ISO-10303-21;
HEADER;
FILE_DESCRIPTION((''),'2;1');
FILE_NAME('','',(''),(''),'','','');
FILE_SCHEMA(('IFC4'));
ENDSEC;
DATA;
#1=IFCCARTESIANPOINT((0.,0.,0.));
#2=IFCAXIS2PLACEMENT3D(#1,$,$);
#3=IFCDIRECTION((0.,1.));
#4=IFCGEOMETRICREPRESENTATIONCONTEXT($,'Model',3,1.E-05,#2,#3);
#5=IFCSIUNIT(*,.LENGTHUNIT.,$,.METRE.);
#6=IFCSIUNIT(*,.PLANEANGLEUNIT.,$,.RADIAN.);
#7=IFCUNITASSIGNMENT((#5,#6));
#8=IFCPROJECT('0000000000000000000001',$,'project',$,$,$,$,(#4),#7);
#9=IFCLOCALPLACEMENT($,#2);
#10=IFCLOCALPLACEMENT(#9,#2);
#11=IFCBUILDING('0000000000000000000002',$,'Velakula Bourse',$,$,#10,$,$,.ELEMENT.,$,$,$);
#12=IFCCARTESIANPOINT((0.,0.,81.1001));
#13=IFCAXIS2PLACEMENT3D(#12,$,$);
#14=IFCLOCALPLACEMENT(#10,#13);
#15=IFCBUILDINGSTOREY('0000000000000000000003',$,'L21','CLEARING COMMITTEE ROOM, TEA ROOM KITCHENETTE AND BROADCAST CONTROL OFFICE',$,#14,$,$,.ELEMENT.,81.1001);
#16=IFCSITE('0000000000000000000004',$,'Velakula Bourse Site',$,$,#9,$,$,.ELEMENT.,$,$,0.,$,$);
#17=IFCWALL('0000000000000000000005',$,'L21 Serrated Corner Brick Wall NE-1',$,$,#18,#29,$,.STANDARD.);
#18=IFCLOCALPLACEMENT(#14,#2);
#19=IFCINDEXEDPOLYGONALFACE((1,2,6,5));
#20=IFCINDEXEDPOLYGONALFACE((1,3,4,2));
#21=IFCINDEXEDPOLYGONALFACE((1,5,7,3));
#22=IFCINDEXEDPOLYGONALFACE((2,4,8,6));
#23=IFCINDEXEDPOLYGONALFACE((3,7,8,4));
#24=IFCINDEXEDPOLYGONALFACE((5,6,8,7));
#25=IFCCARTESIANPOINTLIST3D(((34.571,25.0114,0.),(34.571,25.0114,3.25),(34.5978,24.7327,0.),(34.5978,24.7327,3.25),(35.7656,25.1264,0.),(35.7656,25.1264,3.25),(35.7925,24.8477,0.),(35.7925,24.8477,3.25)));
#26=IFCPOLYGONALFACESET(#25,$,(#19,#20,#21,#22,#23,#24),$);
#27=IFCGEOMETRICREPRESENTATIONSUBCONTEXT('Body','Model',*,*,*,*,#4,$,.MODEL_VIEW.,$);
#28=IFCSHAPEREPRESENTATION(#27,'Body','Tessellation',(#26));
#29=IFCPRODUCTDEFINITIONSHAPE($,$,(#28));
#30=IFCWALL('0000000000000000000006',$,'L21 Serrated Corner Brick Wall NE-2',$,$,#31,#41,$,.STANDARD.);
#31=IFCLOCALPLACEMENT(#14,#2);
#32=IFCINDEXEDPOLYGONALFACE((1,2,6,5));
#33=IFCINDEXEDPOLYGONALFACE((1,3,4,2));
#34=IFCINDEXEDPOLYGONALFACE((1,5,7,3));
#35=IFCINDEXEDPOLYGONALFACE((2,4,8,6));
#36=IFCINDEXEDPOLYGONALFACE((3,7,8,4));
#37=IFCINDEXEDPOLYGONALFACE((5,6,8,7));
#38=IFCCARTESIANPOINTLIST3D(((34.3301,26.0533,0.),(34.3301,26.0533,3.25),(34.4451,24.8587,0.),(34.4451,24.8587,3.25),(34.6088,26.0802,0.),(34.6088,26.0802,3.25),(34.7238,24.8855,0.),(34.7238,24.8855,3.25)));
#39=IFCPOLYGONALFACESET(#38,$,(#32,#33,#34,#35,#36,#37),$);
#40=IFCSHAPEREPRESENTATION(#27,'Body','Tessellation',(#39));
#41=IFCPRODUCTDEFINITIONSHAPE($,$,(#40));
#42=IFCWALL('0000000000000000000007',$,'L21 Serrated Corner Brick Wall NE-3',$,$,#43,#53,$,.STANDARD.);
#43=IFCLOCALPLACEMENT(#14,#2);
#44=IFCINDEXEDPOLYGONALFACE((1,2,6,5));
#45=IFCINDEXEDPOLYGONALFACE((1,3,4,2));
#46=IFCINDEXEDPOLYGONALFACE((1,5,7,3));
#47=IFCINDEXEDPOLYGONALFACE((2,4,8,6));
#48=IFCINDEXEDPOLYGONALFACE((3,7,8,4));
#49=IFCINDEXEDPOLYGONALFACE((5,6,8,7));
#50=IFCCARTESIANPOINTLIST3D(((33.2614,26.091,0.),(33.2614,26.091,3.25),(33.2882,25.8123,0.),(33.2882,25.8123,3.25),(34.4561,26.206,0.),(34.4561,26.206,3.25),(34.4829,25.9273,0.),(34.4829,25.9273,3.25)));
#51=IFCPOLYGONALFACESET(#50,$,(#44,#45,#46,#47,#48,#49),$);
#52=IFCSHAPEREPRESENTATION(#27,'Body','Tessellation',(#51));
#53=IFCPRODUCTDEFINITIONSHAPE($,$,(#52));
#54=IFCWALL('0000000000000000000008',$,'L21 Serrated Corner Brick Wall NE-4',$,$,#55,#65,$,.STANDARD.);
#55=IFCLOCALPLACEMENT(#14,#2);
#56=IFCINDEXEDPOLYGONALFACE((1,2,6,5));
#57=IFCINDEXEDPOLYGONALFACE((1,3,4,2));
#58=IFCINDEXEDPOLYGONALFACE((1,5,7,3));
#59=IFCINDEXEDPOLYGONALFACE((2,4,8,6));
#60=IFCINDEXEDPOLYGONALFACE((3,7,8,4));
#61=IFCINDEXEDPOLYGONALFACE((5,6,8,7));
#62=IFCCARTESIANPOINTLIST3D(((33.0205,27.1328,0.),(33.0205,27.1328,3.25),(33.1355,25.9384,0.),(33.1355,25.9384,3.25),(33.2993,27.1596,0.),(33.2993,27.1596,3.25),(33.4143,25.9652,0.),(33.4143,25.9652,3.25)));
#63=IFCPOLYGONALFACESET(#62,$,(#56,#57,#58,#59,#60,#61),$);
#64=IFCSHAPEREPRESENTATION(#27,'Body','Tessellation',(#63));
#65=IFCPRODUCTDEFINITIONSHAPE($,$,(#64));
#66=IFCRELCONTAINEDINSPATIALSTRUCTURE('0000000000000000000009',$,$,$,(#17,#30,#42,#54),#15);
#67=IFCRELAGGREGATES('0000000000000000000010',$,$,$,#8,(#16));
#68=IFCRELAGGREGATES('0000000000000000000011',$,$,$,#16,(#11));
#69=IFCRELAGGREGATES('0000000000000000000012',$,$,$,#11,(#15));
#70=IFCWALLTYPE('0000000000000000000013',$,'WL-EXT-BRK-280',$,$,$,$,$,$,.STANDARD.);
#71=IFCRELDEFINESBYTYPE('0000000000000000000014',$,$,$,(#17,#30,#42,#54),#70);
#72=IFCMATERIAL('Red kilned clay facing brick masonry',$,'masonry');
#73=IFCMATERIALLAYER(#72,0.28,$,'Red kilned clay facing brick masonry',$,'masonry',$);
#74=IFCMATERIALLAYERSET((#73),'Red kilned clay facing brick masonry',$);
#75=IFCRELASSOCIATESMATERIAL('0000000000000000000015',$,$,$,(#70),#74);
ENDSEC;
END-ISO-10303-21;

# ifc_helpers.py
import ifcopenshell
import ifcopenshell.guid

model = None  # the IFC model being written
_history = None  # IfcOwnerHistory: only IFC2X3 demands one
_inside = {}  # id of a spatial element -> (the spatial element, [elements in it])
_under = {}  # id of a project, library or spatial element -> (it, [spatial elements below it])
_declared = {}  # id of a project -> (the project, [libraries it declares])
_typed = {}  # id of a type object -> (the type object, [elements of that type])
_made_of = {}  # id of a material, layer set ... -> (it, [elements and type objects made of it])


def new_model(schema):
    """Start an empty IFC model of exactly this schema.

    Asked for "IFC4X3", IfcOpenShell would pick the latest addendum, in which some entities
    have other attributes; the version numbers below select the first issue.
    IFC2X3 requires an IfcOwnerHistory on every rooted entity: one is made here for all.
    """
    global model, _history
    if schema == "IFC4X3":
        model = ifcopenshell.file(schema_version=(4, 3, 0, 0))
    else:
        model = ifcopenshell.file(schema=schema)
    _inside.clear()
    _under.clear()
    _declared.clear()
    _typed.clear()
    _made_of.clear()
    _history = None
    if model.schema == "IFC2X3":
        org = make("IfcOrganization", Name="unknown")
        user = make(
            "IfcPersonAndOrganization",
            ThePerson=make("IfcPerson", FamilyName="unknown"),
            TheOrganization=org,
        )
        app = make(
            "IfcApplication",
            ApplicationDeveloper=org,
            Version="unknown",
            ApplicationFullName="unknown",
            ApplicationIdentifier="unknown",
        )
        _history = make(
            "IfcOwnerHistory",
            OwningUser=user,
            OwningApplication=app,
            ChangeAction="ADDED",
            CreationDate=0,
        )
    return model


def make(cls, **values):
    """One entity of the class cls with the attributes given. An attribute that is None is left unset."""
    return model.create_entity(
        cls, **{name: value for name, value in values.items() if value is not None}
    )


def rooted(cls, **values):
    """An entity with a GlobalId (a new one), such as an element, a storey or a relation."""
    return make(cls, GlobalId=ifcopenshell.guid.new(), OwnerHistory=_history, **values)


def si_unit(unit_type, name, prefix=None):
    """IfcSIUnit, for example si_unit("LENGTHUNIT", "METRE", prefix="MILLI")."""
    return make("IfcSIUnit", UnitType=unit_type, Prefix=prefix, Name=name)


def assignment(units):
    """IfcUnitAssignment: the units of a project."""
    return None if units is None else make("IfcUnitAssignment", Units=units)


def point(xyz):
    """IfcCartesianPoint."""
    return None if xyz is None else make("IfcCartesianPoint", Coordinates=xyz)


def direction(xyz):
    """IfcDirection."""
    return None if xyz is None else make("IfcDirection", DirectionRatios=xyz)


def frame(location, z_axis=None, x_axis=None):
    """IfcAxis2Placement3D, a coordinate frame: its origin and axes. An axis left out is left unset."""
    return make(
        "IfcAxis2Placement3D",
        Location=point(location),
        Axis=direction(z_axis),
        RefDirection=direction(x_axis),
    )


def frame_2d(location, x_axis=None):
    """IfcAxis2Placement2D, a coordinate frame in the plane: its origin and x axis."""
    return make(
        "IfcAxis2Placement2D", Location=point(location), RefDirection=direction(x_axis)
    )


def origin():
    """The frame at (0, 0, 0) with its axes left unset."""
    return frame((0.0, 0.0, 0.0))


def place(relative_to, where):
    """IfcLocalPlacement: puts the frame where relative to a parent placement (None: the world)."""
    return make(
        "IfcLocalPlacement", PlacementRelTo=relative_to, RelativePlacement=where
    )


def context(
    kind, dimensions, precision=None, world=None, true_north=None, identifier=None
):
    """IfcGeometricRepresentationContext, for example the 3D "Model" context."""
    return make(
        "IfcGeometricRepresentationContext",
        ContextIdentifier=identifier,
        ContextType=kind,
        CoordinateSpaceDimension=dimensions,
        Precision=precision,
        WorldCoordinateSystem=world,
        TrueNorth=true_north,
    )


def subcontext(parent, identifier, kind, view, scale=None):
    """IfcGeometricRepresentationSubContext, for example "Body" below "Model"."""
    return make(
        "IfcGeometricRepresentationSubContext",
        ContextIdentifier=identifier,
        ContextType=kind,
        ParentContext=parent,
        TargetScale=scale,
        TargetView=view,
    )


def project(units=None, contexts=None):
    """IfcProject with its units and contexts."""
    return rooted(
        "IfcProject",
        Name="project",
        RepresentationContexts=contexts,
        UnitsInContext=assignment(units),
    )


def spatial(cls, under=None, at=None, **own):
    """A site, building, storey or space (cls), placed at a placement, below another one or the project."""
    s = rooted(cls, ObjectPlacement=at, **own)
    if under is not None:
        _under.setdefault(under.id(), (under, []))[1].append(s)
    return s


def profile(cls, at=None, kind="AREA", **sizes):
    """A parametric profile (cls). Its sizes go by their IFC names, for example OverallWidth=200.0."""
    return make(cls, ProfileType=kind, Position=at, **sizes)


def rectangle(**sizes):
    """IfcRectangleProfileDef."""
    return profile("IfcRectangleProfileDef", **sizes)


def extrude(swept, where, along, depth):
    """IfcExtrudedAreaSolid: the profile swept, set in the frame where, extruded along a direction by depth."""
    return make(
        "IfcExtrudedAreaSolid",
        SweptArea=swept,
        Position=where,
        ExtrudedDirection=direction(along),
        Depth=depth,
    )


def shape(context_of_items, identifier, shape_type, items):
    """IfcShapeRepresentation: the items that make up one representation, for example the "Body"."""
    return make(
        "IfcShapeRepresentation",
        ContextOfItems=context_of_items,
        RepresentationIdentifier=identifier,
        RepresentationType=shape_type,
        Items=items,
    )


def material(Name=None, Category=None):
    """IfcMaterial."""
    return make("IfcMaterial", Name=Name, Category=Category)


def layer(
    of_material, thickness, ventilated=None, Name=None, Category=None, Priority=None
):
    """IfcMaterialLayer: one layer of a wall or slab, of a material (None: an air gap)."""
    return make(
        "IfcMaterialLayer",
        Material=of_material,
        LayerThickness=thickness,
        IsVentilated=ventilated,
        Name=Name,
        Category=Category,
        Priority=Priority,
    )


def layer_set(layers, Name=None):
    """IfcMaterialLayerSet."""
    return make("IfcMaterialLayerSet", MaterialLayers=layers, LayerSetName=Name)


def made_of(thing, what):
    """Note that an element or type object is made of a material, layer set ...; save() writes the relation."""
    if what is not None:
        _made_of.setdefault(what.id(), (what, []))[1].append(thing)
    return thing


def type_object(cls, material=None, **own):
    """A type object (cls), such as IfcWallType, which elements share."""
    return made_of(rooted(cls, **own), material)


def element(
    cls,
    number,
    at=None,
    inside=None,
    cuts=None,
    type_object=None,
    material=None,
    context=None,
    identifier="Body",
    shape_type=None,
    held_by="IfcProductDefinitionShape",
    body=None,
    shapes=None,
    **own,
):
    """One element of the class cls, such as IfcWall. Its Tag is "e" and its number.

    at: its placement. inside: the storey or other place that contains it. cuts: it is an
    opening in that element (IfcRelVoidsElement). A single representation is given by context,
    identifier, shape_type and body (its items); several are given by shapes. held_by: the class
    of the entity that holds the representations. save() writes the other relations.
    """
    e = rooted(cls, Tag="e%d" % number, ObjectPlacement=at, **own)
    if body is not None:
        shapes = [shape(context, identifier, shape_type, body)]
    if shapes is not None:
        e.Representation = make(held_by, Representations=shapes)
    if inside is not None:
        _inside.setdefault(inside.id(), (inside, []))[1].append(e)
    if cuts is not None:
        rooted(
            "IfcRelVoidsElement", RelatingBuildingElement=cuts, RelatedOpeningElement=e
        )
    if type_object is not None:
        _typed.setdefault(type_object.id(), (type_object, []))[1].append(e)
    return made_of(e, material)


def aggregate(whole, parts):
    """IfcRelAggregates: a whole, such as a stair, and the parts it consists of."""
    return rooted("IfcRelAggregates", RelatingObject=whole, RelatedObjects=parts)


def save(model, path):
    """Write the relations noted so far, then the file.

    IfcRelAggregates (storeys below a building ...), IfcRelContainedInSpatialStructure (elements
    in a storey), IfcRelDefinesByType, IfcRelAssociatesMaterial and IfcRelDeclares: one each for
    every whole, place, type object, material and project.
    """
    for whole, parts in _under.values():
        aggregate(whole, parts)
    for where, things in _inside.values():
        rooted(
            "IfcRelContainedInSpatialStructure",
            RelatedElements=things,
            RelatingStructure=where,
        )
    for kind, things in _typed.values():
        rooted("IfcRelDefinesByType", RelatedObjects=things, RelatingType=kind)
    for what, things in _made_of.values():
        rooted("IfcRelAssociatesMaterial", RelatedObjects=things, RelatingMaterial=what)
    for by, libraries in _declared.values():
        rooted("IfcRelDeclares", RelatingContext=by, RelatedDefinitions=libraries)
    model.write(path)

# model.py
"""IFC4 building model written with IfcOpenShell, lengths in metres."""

from ifc_helpers import new_model, si_unit, direction, frame, frame_2d, origin, place, context, subcontext, project, spatial, rectangle, extrude, material, layer, layer_set, type_object, element, save


model = new_model("IFC4")

# Units and contexts
model_context = context("Model", 3, precision=1e-05, world=origin(), true_north=direction((0.0, 1.0)))
body_context = subcontext(model_context, "Body", "Model", "MODEL_VIEW")
ifc_project = project(units=[si_unit("LENGTHUNIT", "METRE"), si_unit("PLANEANGLEUNIT", "RADIAN")], contexts=[model_context])

# Site, building, storey
site_placement = place(None, origin())
site = spatial("IfcSite", under=ifc_project, at=site_placement, Name="Velakula Bourse Site", CompositionType="ELEMENT", RefElevation=0.0)
building_placement = place(site_placement, origin())
building = spatial("IfcBuilding", under=site, at=building_placement, Name="Velakula Bourse", CompositionType="ELEMENT")
storey_placement = place(building_placement, frame((0.0, 0.0, 81.1001)))
storey = spatial("IfcBuildingStorey", under=building, at=storey_placement, Name="L21", Description="CLEARING COMMITTEE ROOM, TEA ROOM KITCHENETTE AND BROADCAST CONTROL OFFICE", CompositionType="ELEMENT", Elevation=81.1001)

# Shared definitions
ifc_material_1 = material(Name="Red kilned clay facing brick masonry", Category="masonry")
ifc_layer = layer(ifc_material_1, 0.28, Name="Red kilned clay facing brick masonry", Category="masonry")
ifc_layer_set = layer_set([ifc_layer], Name="Red kilned clay facing brick masonry")
wall_type = type_object("IfcWallType", Name="WL-EXT-BRK-280", PredefinedType="STANDARD", material=ifc_layer_set)

# Walls
for number, where, z_axis, x_axis, name in (
    (1, (35.7791, 24.9871, 0.0), (0.0, 0.0, 1.0), (-0.995399, -0.095817, 0.0), "L21 Serrated Corner Brick Wall NE-1"),
    (2, (34.5845, 24.8721, 0.0), (0.0, 0.0, 1.0), (-0.095817, 0.995399, 0.0), "L21 Serrated Corner Brick Wall NE-2"),
    (3, (34.4695, 26.0667, 0.0), (0.0, 0.0, 1.0), (-0.995399, -0.095817, 0.0), "L21 Serrated Corner Brick Wall NE-3"),
):
    element("IfcWall", number, at=place(storey_placement, frame(where, z_axis=z_axis, x_axis=x_axis)), inside=storey, type_object=wall_type, Name=name, PredefinedType="STANDARD", context=body_context, shape_type="SweptSolid", body=[
        extrude(rectangle(XDim=1.2002, YDim=0.28, at=frame_2d((0.6001, 0.0))), origin(), (0.0, 0.0, 1.0), 3.25),
    ])
wall_1_placement = place(storey_placement, frame((33.2749, 25.9517, 0.0), z_axis=(0.0, 0.0, 1.0), x_axis=(-0.095836, 0.995397, 0.0)))
element("IfcWall", 4, at=wall_1_placement, inside=storey, type_object=wall_type, Name="L21 Serrated Corner Brick Wall NE-4", PredefinedType="STANDARD", context=body_context, shape_type="SweptSolid", body=[
    extrude(rectangle(XDim=1.2, YDim=0.28, at=frame_2d((0.6001, 0.0))), origin(), (0.0, 0.0, 1.0), 3.25),
])

save(model, "model.ifc")
